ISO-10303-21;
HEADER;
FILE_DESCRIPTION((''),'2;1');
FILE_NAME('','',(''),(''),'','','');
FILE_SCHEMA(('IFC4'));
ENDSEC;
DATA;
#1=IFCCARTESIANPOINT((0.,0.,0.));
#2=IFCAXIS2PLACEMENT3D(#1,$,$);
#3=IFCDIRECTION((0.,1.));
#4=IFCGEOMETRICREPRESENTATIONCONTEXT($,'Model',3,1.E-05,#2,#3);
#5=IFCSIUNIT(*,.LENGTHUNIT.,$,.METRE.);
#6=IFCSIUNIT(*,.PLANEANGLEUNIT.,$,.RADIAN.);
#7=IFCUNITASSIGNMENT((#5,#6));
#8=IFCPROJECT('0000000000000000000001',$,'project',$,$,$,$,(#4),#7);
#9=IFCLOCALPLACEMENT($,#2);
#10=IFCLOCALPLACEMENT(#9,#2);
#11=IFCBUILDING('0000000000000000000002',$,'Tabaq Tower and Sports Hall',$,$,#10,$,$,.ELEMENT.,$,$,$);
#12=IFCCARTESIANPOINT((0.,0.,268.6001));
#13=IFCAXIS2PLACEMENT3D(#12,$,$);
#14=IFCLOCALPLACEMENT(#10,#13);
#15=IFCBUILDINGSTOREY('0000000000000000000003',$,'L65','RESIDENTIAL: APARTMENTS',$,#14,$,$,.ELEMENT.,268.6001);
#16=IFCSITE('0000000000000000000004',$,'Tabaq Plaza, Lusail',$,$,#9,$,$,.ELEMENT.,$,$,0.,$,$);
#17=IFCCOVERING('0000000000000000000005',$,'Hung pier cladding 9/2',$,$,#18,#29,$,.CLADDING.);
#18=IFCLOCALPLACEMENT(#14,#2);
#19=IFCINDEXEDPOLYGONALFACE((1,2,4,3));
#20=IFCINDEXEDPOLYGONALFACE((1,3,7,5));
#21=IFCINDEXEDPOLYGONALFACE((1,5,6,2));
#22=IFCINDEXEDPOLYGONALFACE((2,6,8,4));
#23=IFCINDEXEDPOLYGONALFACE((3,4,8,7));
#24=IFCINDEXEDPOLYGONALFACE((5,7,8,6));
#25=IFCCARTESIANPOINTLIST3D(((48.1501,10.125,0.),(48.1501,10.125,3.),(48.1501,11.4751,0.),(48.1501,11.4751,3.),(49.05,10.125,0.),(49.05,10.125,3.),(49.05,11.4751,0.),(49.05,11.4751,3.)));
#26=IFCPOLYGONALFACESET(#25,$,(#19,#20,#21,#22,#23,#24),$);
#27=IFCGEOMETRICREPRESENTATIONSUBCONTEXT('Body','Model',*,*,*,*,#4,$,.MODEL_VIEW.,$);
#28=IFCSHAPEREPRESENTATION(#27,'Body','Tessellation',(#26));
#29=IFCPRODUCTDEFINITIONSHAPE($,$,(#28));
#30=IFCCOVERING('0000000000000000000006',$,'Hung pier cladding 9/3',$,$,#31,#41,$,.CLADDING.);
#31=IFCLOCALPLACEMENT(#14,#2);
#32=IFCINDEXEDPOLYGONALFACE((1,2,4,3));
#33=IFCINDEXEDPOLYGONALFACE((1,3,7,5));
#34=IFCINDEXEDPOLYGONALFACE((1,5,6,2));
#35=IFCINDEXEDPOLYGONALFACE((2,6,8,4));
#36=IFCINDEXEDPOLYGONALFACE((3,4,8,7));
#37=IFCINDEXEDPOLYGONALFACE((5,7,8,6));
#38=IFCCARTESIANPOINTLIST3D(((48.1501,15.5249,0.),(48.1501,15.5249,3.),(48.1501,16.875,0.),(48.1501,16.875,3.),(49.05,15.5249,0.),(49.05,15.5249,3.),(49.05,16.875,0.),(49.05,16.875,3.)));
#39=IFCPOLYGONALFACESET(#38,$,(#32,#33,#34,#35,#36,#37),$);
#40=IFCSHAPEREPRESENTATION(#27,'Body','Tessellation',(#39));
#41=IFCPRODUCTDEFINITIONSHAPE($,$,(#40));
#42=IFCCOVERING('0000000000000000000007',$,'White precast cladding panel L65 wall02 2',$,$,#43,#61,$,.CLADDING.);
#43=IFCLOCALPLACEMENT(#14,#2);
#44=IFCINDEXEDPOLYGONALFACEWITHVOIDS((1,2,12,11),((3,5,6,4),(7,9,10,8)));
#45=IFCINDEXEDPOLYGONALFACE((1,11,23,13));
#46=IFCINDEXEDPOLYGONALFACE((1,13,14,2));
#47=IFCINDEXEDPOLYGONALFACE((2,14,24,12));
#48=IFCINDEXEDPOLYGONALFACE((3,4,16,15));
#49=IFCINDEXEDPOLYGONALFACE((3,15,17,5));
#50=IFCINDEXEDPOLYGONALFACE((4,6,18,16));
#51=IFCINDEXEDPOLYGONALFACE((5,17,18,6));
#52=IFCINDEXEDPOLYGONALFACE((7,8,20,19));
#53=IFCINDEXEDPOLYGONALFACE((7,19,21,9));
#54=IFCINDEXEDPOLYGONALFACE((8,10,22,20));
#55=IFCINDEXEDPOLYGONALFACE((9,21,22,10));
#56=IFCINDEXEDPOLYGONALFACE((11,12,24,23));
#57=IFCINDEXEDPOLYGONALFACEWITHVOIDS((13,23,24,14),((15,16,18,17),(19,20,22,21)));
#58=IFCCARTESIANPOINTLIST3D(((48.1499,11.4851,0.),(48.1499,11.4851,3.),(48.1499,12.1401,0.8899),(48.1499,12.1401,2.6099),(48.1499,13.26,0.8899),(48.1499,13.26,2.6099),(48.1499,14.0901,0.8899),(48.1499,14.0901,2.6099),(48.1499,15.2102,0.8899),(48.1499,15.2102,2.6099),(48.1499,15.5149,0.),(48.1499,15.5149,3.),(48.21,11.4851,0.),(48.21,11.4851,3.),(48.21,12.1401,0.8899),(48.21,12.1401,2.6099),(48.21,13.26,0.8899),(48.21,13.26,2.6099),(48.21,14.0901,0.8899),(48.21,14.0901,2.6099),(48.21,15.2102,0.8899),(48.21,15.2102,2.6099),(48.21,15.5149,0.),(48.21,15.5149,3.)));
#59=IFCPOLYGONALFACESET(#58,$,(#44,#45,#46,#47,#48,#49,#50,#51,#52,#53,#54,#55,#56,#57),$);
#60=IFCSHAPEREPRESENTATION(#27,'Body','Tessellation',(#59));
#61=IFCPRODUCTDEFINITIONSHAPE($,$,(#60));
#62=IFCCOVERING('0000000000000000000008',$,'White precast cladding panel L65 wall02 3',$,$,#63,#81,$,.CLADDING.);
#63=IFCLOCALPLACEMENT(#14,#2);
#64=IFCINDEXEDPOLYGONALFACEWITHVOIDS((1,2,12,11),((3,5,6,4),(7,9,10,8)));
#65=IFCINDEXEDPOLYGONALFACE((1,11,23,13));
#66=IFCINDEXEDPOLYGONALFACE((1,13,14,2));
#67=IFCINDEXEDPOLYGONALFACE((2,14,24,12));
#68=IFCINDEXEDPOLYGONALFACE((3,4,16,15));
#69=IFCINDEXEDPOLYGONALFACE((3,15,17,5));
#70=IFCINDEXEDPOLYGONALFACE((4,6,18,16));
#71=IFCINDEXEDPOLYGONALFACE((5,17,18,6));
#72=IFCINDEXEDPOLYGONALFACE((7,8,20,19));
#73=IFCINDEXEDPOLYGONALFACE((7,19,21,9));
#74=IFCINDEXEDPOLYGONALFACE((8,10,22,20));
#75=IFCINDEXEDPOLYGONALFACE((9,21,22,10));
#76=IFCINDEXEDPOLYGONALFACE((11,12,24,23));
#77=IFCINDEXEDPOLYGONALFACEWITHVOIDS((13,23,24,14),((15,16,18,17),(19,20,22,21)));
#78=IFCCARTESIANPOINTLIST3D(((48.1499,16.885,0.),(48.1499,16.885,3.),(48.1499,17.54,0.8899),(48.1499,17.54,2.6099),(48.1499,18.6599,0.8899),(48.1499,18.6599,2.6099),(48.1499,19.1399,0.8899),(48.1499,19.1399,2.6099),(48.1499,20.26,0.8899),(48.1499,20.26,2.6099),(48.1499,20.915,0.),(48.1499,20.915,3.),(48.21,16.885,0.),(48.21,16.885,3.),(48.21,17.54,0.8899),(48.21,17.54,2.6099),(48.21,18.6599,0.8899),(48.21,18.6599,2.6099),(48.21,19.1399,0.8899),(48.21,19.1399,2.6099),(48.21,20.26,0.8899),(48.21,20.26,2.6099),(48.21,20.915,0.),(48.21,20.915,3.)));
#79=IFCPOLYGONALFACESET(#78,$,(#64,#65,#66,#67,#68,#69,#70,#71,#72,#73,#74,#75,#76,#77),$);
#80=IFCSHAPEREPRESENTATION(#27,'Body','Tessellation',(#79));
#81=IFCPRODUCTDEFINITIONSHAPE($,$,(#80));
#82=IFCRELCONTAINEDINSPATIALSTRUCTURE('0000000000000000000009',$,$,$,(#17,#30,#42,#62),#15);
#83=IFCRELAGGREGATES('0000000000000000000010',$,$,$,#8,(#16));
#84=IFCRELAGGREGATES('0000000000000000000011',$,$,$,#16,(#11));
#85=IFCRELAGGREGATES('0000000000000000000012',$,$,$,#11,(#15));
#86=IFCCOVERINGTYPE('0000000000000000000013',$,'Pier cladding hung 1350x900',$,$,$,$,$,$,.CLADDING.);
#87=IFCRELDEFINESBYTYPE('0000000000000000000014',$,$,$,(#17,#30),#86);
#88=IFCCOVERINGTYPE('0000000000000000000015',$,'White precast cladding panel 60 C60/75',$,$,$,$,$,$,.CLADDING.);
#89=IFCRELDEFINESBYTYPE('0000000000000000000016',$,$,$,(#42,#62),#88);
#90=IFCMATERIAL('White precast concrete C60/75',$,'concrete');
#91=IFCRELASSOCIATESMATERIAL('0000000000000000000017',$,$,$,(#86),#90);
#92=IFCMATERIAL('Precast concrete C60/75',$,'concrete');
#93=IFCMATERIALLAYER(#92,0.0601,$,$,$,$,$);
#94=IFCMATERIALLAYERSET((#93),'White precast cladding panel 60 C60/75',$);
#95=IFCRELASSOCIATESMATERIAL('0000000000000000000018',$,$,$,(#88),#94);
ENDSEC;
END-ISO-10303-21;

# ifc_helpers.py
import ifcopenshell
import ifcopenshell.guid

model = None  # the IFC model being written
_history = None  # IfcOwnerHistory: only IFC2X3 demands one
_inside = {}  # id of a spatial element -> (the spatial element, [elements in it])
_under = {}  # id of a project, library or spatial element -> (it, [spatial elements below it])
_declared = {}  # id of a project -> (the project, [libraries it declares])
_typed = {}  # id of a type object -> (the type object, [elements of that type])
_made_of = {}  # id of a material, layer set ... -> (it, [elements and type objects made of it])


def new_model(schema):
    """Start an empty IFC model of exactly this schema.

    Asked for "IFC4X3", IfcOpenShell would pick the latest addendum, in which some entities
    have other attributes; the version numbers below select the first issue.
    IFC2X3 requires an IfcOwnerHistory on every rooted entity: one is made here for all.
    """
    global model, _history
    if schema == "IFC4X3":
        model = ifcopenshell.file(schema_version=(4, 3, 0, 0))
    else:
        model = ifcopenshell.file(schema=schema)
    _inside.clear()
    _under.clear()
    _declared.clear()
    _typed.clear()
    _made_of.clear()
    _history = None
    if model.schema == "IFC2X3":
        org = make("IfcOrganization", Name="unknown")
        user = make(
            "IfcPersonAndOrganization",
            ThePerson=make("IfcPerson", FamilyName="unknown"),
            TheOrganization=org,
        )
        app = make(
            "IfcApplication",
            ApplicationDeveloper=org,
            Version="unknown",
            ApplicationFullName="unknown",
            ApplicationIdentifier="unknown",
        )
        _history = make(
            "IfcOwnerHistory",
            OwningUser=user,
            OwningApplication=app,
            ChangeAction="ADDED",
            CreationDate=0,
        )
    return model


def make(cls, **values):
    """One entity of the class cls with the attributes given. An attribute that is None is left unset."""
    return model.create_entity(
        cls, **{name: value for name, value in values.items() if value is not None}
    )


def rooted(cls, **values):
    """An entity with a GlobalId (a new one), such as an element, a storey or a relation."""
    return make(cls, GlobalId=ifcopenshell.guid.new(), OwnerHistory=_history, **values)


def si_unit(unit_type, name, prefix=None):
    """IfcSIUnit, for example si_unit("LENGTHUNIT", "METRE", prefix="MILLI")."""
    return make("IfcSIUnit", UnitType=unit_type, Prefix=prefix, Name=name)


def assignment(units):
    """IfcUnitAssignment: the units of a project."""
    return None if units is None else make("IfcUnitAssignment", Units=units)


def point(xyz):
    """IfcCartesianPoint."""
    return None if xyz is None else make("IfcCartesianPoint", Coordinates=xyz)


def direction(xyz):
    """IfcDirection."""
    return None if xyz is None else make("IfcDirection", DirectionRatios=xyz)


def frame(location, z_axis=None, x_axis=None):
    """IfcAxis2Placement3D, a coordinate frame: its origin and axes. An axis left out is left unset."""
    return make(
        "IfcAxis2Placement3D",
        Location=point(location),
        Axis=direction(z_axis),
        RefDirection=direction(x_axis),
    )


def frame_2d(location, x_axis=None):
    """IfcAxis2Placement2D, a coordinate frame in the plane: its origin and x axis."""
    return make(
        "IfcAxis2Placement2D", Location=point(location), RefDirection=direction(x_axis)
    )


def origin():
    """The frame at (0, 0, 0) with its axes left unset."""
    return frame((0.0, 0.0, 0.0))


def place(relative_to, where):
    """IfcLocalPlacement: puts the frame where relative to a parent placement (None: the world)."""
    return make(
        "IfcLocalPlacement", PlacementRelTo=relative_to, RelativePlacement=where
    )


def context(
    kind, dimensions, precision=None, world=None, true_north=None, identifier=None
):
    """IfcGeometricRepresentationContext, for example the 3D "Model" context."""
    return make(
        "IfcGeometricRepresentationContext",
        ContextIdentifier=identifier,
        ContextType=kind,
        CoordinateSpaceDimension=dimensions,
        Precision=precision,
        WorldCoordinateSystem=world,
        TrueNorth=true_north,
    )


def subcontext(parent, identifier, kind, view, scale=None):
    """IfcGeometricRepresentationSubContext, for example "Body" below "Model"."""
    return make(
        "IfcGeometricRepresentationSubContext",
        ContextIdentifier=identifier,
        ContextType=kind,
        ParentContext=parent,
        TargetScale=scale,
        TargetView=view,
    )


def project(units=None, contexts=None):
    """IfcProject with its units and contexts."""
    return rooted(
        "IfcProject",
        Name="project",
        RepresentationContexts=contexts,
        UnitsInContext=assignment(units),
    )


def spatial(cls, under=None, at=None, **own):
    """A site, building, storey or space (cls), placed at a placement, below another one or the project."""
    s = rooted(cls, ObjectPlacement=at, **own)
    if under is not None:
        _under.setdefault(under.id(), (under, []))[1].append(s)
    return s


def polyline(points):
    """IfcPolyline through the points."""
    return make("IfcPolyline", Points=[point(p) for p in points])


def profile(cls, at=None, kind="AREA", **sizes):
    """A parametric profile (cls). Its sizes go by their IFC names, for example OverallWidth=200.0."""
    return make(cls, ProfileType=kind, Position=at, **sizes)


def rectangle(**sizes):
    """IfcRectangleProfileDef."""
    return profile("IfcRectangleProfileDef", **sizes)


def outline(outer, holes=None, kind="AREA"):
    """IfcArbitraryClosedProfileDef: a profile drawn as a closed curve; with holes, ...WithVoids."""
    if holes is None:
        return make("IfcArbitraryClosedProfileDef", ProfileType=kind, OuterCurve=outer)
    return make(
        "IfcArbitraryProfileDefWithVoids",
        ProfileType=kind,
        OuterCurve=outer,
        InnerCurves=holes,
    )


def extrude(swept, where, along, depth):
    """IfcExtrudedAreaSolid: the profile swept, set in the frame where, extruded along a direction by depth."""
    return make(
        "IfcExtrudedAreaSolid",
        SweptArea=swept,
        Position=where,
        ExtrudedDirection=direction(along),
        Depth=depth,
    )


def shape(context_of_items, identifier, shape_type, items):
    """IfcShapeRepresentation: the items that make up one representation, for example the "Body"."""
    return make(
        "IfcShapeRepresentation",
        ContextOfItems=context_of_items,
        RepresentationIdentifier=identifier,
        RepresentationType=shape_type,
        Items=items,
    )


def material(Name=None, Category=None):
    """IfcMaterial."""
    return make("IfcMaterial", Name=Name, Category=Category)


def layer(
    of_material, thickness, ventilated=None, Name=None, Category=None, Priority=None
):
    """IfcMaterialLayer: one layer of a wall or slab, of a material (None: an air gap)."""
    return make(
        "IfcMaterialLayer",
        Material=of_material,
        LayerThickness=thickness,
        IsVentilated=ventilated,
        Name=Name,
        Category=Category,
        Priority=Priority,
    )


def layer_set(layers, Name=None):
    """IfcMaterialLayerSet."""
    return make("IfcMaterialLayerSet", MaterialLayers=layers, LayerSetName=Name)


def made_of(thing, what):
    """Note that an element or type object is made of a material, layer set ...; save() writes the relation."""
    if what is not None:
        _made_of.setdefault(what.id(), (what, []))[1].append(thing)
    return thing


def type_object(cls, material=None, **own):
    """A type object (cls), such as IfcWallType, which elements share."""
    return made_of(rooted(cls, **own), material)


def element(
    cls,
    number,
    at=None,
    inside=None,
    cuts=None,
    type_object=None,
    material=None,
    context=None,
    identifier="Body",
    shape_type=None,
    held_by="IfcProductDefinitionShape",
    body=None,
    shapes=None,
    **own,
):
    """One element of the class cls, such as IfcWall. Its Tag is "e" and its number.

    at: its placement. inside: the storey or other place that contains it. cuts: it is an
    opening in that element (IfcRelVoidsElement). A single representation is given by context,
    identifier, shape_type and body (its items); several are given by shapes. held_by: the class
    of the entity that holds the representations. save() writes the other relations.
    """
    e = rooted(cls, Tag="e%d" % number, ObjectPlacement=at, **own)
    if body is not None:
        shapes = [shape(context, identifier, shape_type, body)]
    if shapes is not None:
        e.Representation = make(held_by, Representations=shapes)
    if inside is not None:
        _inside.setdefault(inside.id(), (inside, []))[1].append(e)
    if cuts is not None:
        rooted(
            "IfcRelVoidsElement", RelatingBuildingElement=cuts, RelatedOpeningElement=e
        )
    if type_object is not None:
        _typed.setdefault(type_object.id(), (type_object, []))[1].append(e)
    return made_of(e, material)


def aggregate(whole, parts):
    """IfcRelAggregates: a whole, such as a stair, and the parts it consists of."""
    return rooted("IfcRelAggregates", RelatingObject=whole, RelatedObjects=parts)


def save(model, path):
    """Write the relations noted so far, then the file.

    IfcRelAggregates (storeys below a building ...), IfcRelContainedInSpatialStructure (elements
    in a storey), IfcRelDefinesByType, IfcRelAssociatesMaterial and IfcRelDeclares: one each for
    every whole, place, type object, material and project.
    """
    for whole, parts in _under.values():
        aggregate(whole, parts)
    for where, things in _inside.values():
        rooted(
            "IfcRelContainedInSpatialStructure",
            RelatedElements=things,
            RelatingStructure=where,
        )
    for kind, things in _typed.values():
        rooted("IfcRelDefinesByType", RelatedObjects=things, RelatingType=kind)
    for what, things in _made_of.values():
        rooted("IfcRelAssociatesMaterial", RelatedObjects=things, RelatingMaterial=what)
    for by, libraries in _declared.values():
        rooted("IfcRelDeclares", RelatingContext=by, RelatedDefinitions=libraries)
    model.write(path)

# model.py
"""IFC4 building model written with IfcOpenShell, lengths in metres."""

from ifc_helpers import new_model, si_unit, direction, frame, frame_2d, origin, place, context, subcontext, project, spatial, polyline, rectangle, outline, extrude, material, layer, layer_set, type_object, element, save


model = new_model("IFC4")

# Units and contexts
model_context = context("Model", 3, precision=1e-05, world=origin(), true_north=direction((0.0, 1.0)))
body_context = subcontext(model_context, "Body", "Model", "MODEL_VIEW")
ifc_project = project(units=[si_unit("LENGTHUNIT", "METRE"), si_unit("PLANEANGLEUNIT", "RADIAN")], contexts=[model_context])

# Site, building, storey
site_placement = place(None, origin())
site = spatial("IfcSite", under=ifc_project, at=site_placement, Name="Tabaq Plaza, Lusail", CompositionType="ELEMENT", RefElevation=0.0)
building_placement = place(site_placement, origin())
building = spatial("IfcBuilding", under=site, at=building_placement, Name="Tabaq Tower and Sports Hall", CompositionType="ELEMENT")
storey_placement = place(building_placement, frame((0.0, 0.0, 268.6001)))
storey = spatial("IfcBuildingStorey", under=building, at=storey_placement, Name="L65", Description="RESIDENTIAL: APARTMENTS", CompositionType="ELEMENT", Elevation=268.6001)

# Coverings
ifc_material_1 = material(Name="White precast concrete C60/75", Category="concrete")
covering_type_1 = type_object("IfcCoveringType", Name="Pier cladding hung 1350x900", PredefinedType="CLADDING", material=ifc_material_1)
for number, where, z_axis, x_axis, name in (
    (1, (48.6001, 10.125, 0.0), (0.0, 0.0, 1.0), (0.0, 1.0, 0.0), "Hung pier cladding 9/2"),
    (2, (48.6001, 15.5249, 0.0), (0.0, 0.0, 1.0), (0.0, 1.0, 0.0), "Hung pier cladding 9/3"),
):
    element("IfcCovering", number, at=place(storey_placement, frame(where, z_axis=z_axis, x_axis=x_axis)), inside=storey, type_object=covering_type_1, Name=name, PredefinedType="CLADDING", context=body_context, shape_type="SweptSolid", body=[
        extrude(rectangle(XDim=1.3501, YDim=0.8999, at=frame_2d((0.675, 0.0))), origin(), (0.0, 0.0, 1.0), 3.0),
    ])
ifc_material_2 = material(Name="Precast concrete C60/75", Category="concrete")
ifc_layer_1 = layer(ifc_material_2, 0.0601)
ifc_layer_set_1 = layer_set([ifc_layer_1], Name="White precast cladding panel 60 C60/75")
covering_type_2 = type_object("IfcCoveringType", Name="White precast cladding panel 60 C60/75", PredefinedType="CLADDING", material=ifc_layer_set_1)
covering_1_placement = place(storey_placement, frame((48.1799, 11.4851, 0.0), z_axis=(0.0, 0.0, 1.0), x_axis=(0.0, 1.0, 0.0)))
element("IfcCovering", 3, at=covering_1_placement, inside=storey, type_object=covering_type_2, Name="White precast cladding panel L65 wall02 2", PredefinedType="CLADDING", context=body_context, shape_type="SweptSolid", body=[
    extrude(outline(polyline([(0.0, 0.0), (4.0298, 0.0), (4.0298, 3.0), (0.0, 3.0), (0.0, 0.0)]), holes=[polyline([(0.655, 2.6099), (1.7749, 2.6099), (1.7749, 0.8899), (0.655, 0.8899), (0.655, 2.6099)]), polyline([(2.605, 2.6099), (3.7251, 2.6099), (3.7251, 0.8899), (2.605, 0.8899), (2.605, 2.6099)])]), frame((0.0, 0.03, 0.0), z_axis=(0.0, -1.0, 0.0), x_axis=(1.0, 0.0, 0.0)), (0.0, 0.0, 1.0), 0.0601),
])
covering_2_placement = place(storey_placement, frame((48.1799, 16.885, 0.0), z_axis=(0.0, 0.0, 1.0), x_axis=(0.0, 1.0, 0.0)))
element("IfcCovering", 4, at=covering_2_placement, inside=storey, type_object=covering_type_2, Name="White precast cladding panel L65 wall02 3", PredefinedType="CLADDING", context=body_context, shape_type="SweptSolid", body=[
    extrude(outline(polyline([(0.0, 0.0), (4.03, 0.0), (4.03, 3.0), (0.0, 3.0), (0.0, 0.0)]), holes=[polyline([(0.655, 2.6099), (1.7749, 2.6099), (1.7749, 0.8899), (0.655, 0.8899), (0.655, 2.6099)]), polyline([(2.2549, 2.6099), (3.375, 2.6099), (3.375, 0.8899), (2.2549, 0.8899), (2.2549, 2.6099)])]), frame((0.0, 0.03, 0.0), z_axis=(0.0, -1.0, 0.0), x_axis=(1.0, 0.0, 0.0)), (0.0, 0.0, 1.0), 0.0601),
])

save(model, "model.ifc")
